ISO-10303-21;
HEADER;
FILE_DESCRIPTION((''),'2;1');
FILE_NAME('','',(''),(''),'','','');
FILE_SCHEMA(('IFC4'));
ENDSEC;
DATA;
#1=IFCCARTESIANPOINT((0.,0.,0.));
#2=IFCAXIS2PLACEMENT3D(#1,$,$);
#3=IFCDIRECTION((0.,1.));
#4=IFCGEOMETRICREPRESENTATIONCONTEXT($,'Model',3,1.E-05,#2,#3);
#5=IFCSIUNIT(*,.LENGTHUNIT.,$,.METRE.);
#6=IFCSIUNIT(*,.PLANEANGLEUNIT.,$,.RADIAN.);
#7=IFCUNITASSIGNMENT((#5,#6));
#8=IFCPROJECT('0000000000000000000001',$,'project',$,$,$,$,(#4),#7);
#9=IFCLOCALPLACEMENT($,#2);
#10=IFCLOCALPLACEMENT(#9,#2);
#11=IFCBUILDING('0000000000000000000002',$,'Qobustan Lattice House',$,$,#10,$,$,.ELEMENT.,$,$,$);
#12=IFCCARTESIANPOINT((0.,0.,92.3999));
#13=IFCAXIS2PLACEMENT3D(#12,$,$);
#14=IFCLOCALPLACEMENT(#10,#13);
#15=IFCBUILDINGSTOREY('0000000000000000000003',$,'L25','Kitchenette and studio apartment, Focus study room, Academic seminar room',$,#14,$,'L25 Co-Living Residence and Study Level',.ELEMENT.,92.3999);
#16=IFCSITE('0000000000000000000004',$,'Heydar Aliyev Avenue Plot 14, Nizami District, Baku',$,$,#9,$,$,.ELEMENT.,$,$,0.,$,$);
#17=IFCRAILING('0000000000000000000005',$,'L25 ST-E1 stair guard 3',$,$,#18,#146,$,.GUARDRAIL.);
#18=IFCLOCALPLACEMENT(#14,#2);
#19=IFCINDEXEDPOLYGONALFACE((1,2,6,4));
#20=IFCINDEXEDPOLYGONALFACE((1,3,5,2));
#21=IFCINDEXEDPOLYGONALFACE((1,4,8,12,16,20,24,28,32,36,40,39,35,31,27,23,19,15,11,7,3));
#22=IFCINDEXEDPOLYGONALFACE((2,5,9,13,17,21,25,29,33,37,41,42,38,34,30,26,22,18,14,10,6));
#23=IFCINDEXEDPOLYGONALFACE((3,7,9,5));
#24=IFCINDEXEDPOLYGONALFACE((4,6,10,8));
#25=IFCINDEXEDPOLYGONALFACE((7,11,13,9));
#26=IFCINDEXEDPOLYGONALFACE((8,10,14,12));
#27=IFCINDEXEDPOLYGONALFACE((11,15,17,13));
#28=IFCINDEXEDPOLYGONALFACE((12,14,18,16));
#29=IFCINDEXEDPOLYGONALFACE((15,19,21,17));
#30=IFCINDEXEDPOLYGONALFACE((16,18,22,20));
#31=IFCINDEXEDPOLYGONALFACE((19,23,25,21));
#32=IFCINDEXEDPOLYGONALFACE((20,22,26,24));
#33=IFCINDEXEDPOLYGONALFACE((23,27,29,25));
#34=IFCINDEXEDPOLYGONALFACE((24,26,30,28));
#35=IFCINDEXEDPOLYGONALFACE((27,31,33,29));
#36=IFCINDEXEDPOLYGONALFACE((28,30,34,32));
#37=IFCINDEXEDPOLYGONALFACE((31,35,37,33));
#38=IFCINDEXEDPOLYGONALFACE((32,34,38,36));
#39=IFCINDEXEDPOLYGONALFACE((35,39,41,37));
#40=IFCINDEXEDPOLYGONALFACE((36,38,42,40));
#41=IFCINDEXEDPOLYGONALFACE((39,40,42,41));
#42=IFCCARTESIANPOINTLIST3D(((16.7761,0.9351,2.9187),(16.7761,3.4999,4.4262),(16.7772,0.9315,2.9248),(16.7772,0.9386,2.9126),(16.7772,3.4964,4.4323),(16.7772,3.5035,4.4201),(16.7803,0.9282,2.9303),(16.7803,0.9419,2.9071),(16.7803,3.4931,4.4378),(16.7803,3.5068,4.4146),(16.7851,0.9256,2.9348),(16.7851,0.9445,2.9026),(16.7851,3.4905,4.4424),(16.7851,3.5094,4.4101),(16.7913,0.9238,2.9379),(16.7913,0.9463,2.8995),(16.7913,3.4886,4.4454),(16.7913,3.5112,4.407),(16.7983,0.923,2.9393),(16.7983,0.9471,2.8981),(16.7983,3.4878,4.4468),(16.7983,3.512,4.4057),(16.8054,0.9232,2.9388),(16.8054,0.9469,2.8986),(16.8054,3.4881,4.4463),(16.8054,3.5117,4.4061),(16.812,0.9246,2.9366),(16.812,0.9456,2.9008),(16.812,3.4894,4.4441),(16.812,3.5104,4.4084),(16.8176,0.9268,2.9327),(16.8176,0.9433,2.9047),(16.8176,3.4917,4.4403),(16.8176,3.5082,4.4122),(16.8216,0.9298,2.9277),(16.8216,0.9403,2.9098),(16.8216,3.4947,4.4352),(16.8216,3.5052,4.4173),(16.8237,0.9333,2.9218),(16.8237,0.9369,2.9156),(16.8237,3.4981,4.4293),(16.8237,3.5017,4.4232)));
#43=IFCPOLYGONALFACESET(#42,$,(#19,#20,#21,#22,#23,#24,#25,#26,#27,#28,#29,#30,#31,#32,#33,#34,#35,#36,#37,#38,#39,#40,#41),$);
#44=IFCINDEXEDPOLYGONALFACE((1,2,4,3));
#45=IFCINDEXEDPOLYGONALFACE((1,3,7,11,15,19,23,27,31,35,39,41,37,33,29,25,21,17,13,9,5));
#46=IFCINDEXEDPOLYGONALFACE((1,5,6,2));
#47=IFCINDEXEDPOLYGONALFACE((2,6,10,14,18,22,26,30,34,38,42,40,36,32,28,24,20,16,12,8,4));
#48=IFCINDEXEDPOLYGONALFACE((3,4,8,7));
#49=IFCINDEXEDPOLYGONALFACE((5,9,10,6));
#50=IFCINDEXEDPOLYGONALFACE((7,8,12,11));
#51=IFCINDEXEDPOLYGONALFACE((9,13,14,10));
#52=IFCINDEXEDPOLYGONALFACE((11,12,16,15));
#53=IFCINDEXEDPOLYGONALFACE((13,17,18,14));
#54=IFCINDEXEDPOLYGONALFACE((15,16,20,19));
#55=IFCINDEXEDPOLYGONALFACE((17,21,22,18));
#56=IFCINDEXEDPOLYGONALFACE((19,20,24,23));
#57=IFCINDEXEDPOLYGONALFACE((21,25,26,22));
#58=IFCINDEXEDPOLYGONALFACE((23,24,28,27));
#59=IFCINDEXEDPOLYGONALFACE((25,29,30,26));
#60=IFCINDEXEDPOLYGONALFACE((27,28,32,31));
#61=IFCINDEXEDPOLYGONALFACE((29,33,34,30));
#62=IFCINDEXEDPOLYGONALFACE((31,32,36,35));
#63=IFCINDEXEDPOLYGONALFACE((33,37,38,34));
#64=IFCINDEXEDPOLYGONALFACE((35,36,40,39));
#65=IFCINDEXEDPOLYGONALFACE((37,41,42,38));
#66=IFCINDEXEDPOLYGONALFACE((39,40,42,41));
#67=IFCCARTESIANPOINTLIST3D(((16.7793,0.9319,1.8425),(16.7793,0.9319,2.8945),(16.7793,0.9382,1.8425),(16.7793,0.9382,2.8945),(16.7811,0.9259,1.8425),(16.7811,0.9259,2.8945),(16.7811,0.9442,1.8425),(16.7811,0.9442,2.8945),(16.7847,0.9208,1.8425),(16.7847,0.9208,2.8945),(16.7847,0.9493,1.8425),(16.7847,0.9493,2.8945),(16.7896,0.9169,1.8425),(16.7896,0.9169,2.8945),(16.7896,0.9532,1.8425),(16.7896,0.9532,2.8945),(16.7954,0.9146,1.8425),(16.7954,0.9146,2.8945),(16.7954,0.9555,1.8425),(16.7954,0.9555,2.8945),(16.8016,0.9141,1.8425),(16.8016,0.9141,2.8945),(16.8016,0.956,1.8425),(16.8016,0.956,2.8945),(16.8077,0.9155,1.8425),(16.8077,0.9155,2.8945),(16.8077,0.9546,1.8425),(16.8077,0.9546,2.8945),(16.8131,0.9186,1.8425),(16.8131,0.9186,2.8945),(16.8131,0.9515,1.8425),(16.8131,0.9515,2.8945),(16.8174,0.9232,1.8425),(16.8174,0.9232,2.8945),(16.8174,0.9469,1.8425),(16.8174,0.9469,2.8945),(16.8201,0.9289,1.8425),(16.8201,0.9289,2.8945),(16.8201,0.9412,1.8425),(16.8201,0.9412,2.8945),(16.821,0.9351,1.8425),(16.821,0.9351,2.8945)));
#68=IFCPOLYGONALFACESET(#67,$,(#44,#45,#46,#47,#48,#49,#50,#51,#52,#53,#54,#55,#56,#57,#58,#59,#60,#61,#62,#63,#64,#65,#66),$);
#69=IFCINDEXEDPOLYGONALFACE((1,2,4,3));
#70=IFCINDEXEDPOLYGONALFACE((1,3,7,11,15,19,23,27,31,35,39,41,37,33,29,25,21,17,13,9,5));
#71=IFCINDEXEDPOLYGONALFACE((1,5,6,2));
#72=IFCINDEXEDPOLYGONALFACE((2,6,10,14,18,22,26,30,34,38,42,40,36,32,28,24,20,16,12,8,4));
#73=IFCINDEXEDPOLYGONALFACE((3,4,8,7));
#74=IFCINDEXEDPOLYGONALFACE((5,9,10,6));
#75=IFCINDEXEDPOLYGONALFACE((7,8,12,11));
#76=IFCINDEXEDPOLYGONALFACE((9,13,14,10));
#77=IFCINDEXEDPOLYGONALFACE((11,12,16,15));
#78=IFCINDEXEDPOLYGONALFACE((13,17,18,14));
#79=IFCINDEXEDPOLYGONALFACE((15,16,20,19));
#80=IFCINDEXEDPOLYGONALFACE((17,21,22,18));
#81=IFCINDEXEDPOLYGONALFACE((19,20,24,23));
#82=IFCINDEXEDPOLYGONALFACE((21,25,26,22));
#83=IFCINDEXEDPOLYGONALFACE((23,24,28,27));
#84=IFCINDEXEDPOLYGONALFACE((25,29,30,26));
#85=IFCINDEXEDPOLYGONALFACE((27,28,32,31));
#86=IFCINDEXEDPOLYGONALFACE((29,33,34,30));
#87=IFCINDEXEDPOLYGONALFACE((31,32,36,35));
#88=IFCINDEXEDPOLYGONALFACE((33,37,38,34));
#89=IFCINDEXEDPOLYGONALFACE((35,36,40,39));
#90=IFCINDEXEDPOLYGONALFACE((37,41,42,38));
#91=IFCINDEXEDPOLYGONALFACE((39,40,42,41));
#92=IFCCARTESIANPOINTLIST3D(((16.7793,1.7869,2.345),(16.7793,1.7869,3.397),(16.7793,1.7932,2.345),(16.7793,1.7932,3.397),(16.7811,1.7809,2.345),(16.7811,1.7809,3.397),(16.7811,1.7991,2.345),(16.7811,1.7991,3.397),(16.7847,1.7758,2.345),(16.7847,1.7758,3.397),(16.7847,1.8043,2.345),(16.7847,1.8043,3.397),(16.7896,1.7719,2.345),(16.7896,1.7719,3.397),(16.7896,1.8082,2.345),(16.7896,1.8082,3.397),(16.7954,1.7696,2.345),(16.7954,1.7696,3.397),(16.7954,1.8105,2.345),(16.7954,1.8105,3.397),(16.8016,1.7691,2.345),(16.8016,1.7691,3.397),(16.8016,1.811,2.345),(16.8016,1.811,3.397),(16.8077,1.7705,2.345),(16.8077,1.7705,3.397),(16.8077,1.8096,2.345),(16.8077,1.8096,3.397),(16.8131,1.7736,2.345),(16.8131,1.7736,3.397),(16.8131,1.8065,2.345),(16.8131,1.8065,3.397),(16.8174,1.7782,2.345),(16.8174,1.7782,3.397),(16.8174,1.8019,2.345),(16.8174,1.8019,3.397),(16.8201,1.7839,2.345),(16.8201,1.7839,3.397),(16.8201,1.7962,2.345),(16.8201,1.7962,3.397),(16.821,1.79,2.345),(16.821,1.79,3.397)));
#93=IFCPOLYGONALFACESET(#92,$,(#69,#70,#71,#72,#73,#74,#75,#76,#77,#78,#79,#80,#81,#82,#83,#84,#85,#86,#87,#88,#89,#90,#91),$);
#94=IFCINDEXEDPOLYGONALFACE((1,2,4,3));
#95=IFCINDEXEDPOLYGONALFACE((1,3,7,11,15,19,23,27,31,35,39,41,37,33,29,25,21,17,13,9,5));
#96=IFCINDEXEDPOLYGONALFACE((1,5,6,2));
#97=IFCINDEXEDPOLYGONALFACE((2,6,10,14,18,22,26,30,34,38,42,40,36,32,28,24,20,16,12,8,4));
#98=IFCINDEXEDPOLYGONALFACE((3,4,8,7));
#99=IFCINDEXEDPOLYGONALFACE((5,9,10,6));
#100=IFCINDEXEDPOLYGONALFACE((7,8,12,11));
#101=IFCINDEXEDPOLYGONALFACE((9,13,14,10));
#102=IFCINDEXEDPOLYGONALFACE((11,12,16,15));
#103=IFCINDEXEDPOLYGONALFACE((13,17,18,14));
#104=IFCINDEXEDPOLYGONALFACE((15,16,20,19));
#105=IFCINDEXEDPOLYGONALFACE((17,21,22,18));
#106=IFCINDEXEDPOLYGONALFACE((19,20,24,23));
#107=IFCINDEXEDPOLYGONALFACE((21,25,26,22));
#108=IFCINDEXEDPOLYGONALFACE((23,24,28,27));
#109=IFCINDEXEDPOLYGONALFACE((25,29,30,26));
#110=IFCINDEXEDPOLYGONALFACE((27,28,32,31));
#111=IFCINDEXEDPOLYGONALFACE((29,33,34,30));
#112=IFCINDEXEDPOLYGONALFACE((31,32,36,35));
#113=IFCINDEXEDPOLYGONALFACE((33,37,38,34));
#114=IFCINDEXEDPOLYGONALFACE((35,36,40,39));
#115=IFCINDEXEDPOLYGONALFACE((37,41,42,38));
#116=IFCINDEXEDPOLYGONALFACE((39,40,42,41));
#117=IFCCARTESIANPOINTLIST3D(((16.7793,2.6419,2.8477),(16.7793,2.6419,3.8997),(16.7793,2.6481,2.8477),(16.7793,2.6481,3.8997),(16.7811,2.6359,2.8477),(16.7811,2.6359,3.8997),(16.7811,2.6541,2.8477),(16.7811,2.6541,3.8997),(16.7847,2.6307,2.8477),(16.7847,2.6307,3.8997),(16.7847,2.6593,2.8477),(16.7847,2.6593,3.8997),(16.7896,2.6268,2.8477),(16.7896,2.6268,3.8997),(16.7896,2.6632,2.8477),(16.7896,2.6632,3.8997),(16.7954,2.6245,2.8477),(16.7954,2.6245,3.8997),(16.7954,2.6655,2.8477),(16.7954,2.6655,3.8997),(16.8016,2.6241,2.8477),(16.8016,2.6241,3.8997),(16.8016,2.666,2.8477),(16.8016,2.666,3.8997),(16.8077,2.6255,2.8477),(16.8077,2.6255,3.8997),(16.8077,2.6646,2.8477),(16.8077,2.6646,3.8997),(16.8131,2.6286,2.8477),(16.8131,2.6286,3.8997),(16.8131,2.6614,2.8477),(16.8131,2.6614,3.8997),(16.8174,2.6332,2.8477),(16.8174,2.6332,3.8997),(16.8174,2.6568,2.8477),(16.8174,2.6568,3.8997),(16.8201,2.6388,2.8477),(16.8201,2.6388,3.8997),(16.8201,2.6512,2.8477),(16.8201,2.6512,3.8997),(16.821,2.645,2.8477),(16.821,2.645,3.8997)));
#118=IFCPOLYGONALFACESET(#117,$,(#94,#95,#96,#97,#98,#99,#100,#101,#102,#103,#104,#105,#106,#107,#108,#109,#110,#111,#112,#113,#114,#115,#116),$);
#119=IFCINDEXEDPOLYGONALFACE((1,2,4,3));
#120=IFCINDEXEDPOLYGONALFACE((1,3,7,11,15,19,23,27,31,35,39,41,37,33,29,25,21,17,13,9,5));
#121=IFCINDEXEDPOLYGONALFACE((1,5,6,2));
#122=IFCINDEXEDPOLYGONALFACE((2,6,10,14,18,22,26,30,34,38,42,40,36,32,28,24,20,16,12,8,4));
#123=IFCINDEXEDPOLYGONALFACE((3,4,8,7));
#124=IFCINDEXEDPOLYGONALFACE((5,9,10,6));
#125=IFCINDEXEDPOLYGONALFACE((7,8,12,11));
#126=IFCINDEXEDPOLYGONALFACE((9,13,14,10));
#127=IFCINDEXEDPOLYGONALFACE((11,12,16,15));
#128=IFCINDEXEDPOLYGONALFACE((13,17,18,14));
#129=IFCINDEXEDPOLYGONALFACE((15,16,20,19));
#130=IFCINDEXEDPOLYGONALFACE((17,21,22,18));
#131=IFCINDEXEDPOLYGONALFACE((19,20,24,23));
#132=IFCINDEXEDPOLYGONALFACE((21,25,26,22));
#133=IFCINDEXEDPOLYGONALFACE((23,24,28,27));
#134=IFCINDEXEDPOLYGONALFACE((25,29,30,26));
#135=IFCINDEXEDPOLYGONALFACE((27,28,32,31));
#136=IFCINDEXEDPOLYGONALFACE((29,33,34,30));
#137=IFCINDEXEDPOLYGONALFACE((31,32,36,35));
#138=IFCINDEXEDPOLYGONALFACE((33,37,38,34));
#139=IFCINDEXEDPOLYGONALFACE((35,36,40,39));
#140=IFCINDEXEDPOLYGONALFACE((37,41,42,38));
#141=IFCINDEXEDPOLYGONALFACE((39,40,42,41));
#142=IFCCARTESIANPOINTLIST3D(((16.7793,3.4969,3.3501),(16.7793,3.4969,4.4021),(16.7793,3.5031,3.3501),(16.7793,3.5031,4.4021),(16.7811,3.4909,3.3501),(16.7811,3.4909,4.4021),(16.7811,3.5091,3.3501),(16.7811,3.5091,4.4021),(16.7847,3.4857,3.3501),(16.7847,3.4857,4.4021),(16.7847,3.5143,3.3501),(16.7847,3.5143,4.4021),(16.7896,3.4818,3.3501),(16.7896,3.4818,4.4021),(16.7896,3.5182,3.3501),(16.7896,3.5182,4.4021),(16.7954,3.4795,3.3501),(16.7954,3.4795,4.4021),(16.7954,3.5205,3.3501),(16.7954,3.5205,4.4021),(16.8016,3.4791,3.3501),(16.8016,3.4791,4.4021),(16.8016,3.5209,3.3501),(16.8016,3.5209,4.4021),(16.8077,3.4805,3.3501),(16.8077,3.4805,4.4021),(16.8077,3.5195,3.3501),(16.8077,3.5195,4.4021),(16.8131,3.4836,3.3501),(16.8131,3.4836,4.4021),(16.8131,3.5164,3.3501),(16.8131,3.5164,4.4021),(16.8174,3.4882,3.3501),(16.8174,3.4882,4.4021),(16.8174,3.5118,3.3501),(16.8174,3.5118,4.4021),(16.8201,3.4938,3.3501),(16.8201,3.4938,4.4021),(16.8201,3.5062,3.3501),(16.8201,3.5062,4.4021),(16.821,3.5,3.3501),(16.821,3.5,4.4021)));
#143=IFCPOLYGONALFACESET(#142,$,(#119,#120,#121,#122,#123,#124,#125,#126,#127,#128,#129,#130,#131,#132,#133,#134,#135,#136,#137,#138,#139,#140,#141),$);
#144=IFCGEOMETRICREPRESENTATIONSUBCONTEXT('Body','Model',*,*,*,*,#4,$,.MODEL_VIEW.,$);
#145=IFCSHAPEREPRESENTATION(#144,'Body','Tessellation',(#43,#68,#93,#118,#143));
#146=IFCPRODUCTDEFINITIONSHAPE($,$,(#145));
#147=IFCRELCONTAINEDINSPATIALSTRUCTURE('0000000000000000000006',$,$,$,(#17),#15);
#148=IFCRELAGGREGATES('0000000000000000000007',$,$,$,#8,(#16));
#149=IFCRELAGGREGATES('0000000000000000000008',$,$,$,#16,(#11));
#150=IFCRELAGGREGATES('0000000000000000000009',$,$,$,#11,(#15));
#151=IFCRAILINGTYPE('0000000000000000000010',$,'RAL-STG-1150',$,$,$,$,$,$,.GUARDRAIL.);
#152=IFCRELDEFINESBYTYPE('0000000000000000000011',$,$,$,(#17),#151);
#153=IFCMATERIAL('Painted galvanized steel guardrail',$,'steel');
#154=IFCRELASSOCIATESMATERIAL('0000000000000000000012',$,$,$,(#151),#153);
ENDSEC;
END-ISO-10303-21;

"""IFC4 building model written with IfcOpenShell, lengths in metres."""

from ifc_helpers import new_model, si_unit, direction, frame, origin, origin_2d, place, context, subcontext, project, spatial, circle, extrude, material, type_object, element, save


model = new_model("IFC4")

# Units and contexts
model_context = context("Model", 3, precision=1e-05, world=origin(), true_north=direction((0.0, 1.0)))
body_context = subcontext(model_context, "Body", "Model", "MODEL_VIEW")
ifc_project = project(units=[si_unit("LENGTHUNIT", "METRE"), si_unit("PLANEANGLEUNIT", "RADIAN")], contexts=[model_context])

# Site, building, storey
site_placement = place(None, origin())
site = spatial("IfcSite", under=ifc_project, at=site_placement, Name="Heydar Aliyev Avenue Plot 14, Nizami District, Baku", CompositionType="ELEMENT", RefElevation=0.0)
building_placement = place(site_placement, origin())
building = spatial("IfcBuilding", under=site, at=building_placement, Name="Qobustan Lattice House", CompositionType="ELEMENT")
storey_placement = place(building_placement, frame((0.0, 0.0, 92.3999)))
storey = spatial("IfcBuildingStorey", under=building, at=storey_placement, Name="L25", Description="Kitchenette and studio apartment, Focus study room, Academic seminar room", LongName="L25 Co-Living Residence and Study Level", CompositionType="ELEMENT", Elevation=92.3999)

# Railing
ifc_material_1 = material(Name="Painted galvanized steel guardrail", Category="steel")
railing_type_1 = type_object("IfcRailingType", Name="RAL-STG-1150", PredefinedType="GUARDRAIL", material=ifc_material_1)
railing_1_placement = place(storey_placement, frame((16.8, 0.9351, 1.8425)))
element("IfcRailing", 1, at=railing_1_placement, inside=storey, type_object=railing_type_1, Name="L25 ST-E1 stair guard 3", PredefinedType="GUARDRAIL", context=body_context, shape_type="SweptSolid", body=[
    extrude(circle(Radius=0.0239, at=origin_2d()), frame((0.0, 0.0, 1.0762), z_axis=(0.0, 0.862113, 0.506715), x_axis=(-1.0, 0.0, 0.0)), (0.0, 0.0, 1.0), 2.9751),
    extrude(circle(Radius=0.021, at=origin_2d()), origin(), (0.0, 0.0, 1.0), 1.052),
    extrude(circle(Radius=0.021, at=origin_2d()), frame((0.0, 0.855, 0.5024)), (0.0, 0.0, 1.0), 1.052),
    extrude(circle(Radius=0.021, at=origin_2d()), frame((0.0, 1.71, 1.0051)), (0.0, 0.0, 1.0), 1.052),
    extrude(circle(Radius=0.021, at=origin_2d()), frame((0.0, 2.5649, 1.5076)), (0.0, 0.0, 1.0), 1.052),
])

save(model, "model.ifc")
